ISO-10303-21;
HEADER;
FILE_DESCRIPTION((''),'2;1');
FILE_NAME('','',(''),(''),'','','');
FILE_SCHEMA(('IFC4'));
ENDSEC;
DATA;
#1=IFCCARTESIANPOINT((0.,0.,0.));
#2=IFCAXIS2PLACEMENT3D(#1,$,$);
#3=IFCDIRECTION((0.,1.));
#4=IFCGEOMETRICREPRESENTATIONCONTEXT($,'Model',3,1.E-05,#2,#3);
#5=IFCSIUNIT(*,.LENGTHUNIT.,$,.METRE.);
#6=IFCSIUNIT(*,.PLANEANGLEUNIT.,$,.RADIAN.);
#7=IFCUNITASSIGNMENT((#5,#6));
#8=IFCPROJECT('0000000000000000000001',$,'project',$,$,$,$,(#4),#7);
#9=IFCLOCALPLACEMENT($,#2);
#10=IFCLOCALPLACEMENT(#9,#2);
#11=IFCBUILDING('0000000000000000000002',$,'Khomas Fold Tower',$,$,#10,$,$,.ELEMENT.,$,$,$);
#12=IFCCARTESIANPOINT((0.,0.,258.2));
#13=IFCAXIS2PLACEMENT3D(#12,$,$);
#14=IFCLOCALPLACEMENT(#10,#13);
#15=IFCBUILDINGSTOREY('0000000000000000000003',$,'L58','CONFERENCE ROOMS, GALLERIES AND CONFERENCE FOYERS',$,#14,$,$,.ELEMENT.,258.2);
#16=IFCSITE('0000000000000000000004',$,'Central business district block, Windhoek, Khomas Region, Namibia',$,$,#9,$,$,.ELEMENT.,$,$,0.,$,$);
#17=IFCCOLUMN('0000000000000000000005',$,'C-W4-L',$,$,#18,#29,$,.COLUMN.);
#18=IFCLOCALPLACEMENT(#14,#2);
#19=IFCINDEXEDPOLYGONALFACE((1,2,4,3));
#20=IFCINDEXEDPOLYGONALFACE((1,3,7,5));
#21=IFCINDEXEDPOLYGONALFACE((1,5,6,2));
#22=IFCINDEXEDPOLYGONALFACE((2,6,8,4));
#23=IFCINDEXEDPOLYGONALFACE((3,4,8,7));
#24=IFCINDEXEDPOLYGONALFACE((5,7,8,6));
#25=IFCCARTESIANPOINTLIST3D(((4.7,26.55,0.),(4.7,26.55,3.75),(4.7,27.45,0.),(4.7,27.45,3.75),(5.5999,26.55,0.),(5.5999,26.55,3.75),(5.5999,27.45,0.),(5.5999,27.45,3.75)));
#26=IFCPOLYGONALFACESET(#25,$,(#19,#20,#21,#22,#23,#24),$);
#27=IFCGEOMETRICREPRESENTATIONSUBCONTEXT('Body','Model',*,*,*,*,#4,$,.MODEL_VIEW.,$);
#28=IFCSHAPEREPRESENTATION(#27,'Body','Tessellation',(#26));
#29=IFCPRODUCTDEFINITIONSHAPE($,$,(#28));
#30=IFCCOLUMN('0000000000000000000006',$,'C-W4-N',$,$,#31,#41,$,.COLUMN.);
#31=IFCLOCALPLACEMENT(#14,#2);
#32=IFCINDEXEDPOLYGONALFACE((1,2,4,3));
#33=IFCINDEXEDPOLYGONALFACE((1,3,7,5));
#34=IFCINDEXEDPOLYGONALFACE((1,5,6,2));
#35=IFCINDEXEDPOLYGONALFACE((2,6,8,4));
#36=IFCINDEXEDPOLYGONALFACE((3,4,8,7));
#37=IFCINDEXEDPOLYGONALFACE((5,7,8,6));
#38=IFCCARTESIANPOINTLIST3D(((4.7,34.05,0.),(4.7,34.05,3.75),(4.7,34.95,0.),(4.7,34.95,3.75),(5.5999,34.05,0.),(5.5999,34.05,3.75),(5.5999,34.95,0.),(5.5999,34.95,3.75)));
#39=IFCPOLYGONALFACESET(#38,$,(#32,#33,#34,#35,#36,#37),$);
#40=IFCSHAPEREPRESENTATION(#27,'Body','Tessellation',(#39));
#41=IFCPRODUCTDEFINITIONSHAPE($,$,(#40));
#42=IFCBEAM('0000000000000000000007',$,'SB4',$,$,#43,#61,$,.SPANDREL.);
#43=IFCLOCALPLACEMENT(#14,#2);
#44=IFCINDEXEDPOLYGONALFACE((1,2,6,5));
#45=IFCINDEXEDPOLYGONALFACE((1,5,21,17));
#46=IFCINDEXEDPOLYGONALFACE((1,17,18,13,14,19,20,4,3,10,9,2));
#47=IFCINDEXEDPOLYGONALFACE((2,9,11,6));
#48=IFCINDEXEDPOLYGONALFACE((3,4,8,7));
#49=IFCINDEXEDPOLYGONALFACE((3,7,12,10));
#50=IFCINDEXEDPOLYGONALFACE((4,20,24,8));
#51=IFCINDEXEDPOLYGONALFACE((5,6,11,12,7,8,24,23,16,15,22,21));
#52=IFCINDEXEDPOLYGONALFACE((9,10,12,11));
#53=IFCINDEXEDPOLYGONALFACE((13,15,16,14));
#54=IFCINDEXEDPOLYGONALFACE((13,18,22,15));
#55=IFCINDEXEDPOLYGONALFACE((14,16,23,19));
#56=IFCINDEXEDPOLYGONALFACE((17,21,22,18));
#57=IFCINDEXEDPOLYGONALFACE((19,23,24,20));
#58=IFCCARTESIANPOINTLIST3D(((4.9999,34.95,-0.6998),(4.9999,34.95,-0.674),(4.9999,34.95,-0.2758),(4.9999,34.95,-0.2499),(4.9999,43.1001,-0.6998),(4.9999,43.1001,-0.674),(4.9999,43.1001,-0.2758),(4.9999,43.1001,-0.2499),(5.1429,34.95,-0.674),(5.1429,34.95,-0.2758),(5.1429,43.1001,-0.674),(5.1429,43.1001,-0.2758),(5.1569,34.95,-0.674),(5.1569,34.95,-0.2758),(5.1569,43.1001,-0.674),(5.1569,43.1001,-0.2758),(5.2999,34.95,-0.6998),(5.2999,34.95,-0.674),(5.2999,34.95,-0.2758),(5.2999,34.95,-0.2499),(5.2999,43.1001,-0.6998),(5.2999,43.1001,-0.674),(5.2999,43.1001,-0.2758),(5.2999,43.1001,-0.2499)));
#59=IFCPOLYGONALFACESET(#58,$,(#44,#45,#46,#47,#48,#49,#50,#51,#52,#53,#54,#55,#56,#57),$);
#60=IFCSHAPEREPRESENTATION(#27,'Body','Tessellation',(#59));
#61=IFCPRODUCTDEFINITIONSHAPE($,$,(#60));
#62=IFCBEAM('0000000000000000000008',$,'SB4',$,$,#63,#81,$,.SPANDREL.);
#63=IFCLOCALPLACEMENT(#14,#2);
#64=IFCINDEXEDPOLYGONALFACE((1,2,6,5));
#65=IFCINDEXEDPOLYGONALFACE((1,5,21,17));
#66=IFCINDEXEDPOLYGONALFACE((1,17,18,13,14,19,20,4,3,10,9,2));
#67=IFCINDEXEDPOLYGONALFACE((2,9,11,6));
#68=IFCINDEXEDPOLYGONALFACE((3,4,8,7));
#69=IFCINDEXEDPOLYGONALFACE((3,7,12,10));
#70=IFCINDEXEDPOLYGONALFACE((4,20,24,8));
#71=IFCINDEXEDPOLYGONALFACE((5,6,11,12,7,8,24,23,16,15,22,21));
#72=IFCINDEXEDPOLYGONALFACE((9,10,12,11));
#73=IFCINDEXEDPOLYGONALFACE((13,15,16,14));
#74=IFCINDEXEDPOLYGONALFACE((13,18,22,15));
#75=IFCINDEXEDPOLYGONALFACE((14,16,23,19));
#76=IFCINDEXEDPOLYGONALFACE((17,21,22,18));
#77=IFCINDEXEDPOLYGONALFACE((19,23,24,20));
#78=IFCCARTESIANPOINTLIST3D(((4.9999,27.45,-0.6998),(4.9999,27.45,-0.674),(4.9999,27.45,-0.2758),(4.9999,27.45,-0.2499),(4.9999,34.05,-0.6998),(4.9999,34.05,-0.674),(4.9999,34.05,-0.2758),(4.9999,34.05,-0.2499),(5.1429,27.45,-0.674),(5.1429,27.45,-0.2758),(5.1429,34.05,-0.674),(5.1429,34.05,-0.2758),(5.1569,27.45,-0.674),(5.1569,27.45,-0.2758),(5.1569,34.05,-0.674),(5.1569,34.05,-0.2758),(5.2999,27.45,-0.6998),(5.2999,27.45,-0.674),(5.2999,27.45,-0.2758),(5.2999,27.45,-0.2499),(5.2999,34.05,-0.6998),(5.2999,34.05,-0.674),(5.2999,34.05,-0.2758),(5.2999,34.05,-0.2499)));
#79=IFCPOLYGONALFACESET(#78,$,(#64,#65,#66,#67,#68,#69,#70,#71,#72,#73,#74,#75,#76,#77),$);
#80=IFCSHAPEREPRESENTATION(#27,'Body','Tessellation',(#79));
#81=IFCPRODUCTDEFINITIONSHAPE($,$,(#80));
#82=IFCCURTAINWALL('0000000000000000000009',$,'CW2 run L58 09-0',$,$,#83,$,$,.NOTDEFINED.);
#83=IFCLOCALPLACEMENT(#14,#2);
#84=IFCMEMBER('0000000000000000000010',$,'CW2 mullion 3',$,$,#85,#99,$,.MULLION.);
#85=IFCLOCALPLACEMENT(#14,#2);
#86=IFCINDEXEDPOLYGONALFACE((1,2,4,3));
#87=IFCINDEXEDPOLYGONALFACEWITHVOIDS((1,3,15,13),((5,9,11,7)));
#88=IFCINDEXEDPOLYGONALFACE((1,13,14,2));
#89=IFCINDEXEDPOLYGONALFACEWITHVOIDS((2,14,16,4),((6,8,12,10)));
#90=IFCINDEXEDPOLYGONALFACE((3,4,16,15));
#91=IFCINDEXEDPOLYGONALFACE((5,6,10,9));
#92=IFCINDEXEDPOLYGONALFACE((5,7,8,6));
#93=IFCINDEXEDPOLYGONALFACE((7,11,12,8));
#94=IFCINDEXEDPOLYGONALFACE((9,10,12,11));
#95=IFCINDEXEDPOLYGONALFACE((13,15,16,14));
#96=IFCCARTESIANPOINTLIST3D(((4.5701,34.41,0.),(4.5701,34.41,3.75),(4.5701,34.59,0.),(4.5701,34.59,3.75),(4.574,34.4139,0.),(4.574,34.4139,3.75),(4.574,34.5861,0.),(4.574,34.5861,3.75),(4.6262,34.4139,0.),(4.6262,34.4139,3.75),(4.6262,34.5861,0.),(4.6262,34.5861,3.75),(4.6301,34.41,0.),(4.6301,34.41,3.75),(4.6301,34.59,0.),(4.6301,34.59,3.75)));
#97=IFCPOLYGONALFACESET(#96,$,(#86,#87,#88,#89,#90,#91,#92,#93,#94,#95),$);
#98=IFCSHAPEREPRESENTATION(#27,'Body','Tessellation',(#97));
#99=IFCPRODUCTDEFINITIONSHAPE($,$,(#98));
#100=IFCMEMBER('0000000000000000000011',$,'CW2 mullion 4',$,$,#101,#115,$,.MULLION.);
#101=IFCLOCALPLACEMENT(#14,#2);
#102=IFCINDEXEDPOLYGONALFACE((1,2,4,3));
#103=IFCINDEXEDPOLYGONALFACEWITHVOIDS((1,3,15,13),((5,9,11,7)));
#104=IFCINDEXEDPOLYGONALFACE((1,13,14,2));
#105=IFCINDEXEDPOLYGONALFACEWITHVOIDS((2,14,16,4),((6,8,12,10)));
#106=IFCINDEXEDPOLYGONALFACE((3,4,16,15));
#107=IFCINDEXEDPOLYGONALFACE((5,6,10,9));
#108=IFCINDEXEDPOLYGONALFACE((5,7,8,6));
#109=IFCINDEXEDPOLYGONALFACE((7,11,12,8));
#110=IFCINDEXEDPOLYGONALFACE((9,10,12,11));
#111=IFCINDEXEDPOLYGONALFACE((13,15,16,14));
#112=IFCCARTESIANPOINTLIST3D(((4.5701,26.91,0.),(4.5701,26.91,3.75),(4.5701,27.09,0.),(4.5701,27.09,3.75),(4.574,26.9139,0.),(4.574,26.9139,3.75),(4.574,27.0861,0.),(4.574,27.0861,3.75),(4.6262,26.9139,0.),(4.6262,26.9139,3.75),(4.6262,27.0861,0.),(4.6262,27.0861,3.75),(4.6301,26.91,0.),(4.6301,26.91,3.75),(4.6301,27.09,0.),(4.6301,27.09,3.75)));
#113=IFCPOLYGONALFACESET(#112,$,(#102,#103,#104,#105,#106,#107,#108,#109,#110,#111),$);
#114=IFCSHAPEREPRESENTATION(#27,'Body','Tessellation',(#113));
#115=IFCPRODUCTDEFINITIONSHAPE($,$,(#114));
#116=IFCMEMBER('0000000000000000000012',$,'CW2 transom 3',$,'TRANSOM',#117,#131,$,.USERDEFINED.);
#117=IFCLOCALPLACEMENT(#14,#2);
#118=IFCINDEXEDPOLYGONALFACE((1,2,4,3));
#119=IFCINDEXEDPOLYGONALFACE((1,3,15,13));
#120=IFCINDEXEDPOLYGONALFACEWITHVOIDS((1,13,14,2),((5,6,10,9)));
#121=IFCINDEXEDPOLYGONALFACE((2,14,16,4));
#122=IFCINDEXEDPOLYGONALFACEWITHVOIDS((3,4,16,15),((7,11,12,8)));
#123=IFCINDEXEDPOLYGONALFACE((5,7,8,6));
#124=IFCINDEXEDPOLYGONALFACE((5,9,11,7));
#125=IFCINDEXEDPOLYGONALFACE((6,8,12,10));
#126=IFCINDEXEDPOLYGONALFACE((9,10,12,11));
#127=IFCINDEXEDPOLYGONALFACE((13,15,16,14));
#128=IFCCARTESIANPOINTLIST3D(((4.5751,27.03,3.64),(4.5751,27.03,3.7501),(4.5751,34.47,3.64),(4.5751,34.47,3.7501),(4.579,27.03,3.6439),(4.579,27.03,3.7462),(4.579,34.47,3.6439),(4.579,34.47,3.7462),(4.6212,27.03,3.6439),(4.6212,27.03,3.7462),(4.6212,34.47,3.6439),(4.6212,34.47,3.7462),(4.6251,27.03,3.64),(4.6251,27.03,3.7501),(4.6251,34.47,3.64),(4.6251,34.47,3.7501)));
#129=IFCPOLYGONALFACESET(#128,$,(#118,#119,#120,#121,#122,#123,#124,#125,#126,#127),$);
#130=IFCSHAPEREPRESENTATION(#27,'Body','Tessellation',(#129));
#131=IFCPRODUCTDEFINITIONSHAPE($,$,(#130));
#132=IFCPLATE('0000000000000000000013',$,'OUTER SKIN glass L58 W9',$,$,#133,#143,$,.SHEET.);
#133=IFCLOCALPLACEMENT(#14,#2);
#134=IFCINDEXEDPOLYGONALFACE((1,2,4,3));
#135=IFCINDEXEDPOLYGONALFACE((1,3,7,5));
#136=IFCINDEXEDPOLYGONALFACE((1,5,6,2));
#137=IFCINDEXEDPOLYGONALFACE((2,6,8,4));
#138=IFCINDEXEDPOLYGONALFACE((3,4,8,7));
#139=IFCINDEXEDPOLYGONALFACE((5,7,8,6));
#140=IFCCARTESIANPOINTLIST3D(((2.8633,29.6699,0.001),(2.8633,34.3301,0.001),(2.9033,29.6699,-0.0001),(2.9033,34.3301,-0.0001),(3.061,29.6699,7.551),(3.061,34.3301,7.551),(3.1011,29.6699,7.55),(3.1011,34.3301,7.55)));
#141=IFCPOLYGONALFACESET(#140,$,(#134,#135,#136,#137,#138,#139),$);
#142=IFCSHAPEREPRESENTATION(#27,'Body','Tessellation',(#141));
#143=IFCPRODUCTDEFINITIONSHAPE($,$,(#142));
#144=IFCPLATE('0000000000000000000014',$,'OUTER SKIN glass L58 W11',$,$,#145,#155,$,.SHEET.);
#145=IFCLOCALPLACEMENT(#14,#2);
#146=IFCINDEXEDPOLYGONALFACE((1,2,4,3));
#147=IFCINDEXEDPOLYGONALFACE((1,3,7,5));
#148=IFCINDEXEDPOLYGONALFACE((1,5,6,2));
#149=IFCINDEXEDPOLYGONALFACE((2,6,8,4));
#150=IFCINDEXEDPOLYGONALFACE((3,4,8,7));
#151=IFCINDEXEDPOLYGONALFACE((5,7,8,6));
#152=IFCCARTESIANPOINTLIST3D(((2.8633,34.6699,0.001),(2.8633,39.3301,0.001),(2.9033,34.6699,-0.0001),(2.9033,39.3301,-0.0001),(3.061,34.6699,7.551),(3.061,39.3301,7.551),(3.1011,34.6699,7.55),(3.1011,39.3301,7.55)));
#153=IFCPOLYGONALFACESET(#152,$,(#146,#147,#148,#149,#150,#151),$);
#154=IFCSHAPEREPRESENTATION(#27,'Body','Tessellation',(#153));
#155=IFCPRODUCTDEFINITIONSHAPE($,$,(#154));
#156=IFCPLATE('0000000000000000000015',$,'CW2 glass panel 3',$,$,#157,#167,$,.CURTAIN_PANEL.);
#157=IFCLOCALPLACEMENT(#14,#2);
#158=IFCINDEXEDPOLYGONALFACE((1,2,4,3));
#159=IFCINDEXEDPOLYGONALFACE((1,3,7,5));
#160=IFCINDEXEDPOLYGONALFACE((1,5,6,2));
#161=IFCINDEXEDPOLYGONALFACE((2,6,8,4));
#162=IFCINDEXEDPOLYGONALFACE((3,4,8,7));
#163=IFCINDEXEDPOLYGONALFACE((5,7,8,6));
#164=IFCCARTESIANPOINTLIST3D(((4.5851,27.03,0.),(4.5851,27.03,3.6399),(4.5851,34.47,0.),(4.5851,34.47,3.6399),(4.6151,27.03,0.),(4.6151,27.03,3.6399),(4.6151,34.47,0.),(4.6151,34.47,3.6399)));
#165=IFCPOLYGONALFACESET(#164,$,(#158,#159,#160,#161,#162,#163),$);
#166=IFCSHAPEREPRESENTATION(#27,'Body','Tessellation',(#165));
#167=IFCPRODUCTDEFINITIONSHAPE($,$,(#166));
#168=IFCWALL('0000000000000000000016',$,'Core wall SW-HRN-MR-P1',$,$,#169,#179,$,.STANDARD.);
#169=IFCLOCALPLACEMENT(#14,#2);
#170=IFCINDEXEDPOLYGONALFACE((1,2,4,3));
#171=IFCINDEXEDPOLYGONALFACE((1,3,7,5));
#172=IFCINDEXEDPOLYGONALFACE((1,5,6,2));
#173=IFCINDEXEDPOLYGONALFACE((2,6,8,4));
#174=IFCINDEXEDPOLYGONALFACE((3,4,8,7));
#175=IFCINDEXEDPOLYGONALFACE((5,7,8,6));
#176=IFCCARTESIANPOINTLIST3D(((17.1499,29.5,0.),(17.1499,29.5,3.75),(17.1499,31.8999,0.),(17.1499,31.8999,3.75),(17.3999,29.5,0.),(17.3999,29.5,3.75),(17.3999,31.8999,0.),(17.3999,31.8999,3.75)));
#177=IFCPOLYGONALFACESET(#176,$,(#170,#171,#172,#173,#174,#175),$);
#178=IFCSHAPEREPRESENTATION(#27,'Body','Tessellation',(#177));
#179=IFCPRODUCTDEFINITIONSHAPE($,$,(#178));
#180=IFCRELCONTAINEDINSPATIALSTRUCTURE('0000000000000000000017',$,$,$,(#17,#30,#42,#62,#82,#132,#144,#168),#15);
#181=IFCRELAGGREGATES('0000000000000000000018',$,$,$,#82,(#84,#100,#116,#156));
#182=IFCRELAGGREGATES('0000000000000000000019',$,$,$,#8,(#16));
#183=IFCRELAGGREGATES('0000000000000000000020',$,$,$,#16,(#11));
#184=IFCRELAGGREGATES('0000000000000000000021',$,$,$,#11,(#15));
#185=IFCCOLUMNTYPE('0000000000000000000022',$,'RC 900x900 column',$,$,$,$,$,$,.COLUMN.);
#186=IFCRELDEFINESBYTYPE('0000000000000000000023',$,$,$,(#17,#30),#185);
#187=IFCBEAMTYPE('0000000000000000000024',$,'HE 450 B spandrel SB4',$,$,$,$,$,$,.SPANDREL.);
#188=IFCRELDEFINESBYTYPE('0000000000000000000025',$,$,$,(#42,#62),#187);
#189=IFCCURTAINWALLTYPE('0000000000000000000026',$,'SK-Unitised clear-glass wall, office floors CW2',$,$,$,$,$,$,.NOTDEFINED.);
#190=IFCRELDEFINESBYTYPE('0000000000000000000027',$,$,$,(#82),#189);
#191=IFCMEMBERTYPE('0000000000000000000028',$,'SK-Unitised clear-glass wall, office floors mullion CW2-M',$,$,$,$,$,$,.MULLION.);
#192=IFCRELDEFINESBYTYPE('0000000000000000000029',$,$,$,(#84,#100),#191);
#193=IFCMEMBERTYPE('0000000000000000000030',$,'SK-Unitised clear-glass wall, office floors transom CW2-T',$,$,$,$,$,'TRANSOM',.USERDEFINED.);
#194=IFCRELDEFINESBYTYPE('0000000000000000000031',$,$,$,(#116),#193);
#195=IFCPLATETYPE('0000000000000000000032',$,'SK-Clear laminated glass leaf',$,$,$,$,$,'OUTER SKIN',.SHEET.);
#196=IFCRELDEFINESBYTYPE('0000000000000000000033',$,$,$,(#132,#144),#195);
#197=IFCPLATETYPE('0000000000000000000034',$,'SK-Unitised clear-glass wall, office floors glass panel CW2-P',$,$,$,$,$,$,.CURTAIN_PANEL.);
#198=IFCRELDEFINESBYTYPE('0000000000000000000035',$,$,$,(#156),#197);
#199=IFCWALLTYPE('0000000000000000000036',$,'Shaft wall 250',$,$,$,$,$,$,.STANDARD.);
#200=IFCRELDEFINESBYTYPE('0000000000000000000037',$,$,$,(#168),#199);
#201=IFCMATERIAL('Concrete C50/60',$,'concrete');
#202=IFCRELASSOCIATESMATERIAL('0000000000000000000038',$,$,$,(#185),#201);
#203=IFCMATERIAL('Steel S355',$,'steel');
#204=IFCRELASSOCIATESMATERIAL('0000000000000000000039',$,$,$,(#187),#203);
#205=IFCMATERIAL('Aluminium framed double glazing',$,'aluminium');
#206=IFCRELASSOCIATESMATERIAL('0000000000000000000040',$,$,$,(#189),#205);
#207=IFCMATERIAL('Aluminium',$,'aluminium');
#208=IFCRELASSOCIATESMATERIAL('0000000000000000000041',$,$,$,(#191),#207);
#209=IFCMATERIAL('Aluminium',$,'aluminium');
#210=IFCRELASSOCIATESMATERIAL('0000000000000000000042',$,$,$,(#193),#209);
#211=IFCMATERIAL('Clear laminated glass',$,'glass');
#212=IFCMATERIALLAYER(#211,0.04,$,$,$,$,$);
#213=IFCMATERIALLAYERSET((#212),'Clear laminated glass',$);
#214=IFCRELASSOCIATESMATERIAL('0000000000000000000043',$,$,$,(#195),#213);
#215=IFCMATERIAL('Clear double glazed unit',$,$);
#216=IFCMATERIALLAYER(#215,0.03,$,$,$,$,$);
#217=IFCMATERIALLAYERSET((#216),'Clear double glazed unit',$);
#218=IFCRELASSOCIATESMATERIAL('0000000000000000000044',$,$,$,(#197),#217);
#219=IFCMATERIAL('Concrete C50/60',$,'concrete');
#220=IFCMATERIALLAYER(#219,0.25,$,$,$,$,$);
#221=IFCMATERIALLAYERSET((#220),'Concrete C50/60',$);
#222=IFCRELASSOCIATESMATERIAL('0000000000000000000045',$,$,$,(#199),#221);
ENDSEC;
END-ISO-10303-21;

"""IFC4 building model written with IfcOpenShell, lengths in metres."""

from ifc_helpers import new_model, si_unit, direction, frame, frame_2d, origin, origin_2d, place, context, subcontext, project, spatial, polyline, rectangle, hollow_rectangle, i_section, outline, extrude, source, transform, mapped, material, layer, layer_set, material_profile, profile_set, type_object, element, aggregate, save


model = new_model("IFC4")

# Units and contexts
model_context = context("Model", 3, precision=1e-05, world=origin(), true_north=direction((0.0, 1.0)))
body_context = subcontext(model_context, "Body", "Model", "MODEL_VIEW")
ifc_project = project(units=[si_unit("LENGTHUNIT", "METRE"), si_unit("PLANEANGLEUNIT", "RADIAN")], contexts=[model_context])

# Site, building, storey
site_placement = place(None, origin())
site = spatial("IfcSite", under=ifc_project, at=site_placement, Name="Central business district block, Windhoek, Khomas Region, Namibia", CompositionType="ELEMENT", RefElevation=0.0)
building_placement = place(site_placement, origin())
building = spatial("IfcBuilding", under=site, at=building_placement, Name="Khomas Fold Tower", CompositionType="ELEMENT")
storey_placement = place(building_placement, frame((0.0, 0.0, 258.2)))
storey = spatial("IfcBuildingStorey", under=building, at=storey_placement, Name="L58", Description="CONFERENCE ROOMS, GALLERIES AND CONFERENCE FOYERS", CompositionType="ELEMENT", Elevation=258.2)

# Columns
ifc_material_1 = material(Name="Concrete C50/60", Category="concrete")
ifc_material_profile_1 = material_profile(ifc_material_1, rectangle(XDim=0.8999, YDim=0.8999, at=origin_2d()), Name="RC 900x900")
ifc_profile_set_1 = profile_set([ifc_material_profile_1], Name="Concrete C50/60")
column_type = type_object("IfcColumnType", Name="RC 900x900 column", PredefinedType="COLUMN", material=ifc_profile_set_1)
shared_shape_1 = source(origin(), body_context, "Body", "SweptSolid", [
    extrude(rectangle(XDim=0.8999, YDim=0.8999, at=origin_2d()), origin(), (0.0, 0.0, 1.0), 3.75),
])
for number, where, z_axis, x_axis, name in (
    (1, (5.1499, 27.0, 0.0), (0.0, 0.0, 1.0), (1.0, 0.0, 0.0), "C-W4-L"),
    (2, (5.1499, 34.5, 0.0), (0.0, 0.0, 1.0), (1.0, 0.0, 0.0), "C-W4-N"),
):
    element("IfcColumn", number, at=place(storey_placement, frame(where, z_axis=z_axis, x_axis=x_axis)), inside=storey, type_object=column_type, Name=name, PredefinedType="COLUMN", context=body_context, shape_type="MappedRepresentation", body=[
        mapped(shared_shape_1, transform((0.0, 0.0, 0.0))),
    ])

# Beams
ifc_material_2 = material(Name="Steel S355", Category="steel")
ifc_material_profile_2 = material_profile(ifc_material_2, i_section(OverallWidth=0.3, OverallDepth=0.45, WebThickness=0.0139, FlangeThickness=0.0259, at=origin_2d()), Name="HE 450 B")
ifc_profile_set_2 = profile_set([ifc_material_profile_2], Name="Steel S355")
beam_type = type_object("IfcBeamType", Name="HE 450 B spandrel SB4", PredefinedType="SPANDREL", material=ifc_profile_set_2)
shared_shape_2 = source(origin(), body_context, "Body", "SweptSolid", [
    extrude(i_section(OverallWidth=0.3, OverallDepth=0.45, WebThickness=0.0139, FlangeThickness=0.0259, at=origin_2d()), origin(), (0.0, 0.0, 1.0), 8.1501),
])
beam_1_placement = place(storey_placement, frame((5.1499, 34.95, -0.4749), z_axis=(0.0, 1.0, 0.0), x_axis=(-1.0, 0.0, 0.0)))
element("IfcBeam", 3, at=beam_1_placement, inside=storey, type_object=beam_type, Name="SB4", PredefinedType="SPANDREL", context=body_context, shape_type="MappedRepresentation", body=[
    mapped(shared_shape_2, transform((0.0, 0.0, 0.0))),
])
shared_shape_3 = source(origin(), body_context, "Body", "SweptSolid", [
    extrude(i_section(OverallWidth=0.3, OverallDepth=0.45, WebThickness=0.0139, FlangeThickness=0.0259, at=origin_2d()), origin(), (0.0, 0.0, 1.0), 6.6001),
])
beam_2_placement = place(storey_placement, frame((5.1499, 27.45, -0.4749), z_axis=(0.0, 1.0, 0.0), x_axis=(-1.0, 0.0, 0.0)))
element("IfcBeam", 4, at=beam_2_placement, inside=storey, type_object=beam_type, Name="SB4", PredefinedType="SPANDREL", context=body_context, shape_type="MappedRepresentation", body=[
    mapped(shared_shape_3, transform((0.0, 0.0, 0.0))),
])

# Curtain wall, members
ifc_material_3 = material(Name="Aluminium framed double glazing", Category="aluminium")
curtain_wall_type = type_object("IfcCurtainWallType", Name="SK-Unitised clear-glass wall, office floors CW2", PredefinedType="NOTDEFINED", material=ifc_material_3)
curtain_wall_placement = place(storey_placement, origin())
curtain_wall = element("IfcCurtainWall", 5, at=curtain_wall_placement, inside=storey, type_object=curtain_wall_type, Name="CW2 run L58 09-0", PredefinedType="NOTDEFINED")
ifc_material_4 = material(Name="Aluminium", Category="aluminium")
ifc_material_profile_3 = material_profile(ifc_material_4, hollow_rectangle(XDim=0.0601, YDim=0.1799, WallThickness=0.0039, at=origin_2d()), Name="SK-Unitised clear-glass wall, office floors mullion CW2-M")
ifc_profile_set_3 = profile_set([ifc_material_profile_3], Name="Aluminium")
member_type_1 = type_object("IfcMemberType", Name="SK-Unitised clear-glass wall, office floors mullion CW2-M", PredefinedType="MULLION", material=ifc_profile_set_3)
shared_shape_4 = source(origin(), body_context, "Body", "SweptSolid", [
    extrude(hollow_rectangle(XDim=0.0601, YDim=0.1799, WallThickness=0.0039, at=origin_2d()), origin(), (0.0, 0.0, 1.0), 3.75),
])
member_1_placement = place(storey_placement, frame((4.6001, 34.5, 0.0), z_axis=(0.0, 0.0, 1.0), x_axis=(1.0, 0.0, 0.0)))
member_1 = element("IfcMember", 6, at=member_1_placement, type_object=member_type_1, Name="CW2 mullion 3", PredefinedType="MULLION", context=body_context, shape_type="MappedRepresentation", body=[
    mapped(shared_shape_4, transform((0.0, 0.0, 0.0))),
])
member_2_placement = place(storey_placement, frame((4.6001, 27.0, 0.0), z_axis=(0.0, 0.0, 1.0), x_axis=(1.0, 0.0, 0.0)))
member_2 = element("IfcMember", 7, at=member_2_placement, type_object=member_type_1, Name="CW2 mullion 4", PredefinedType="MULLION", context=body_context, shape_type="MappedRepresentation", body=[
    mapped(shared_shape_4, transform((0.0, 0.0, 0.0))),
])
ifc_material_5 = material(Name="Aluminium", Category="aluminium")
ifc_material_profile_4 = material_profile(ifc_material_5, hollow_rectangle(XDim=0.05, YDim=0.1101, WallThickness=0.0039, at=origin_2d()), Name="SK-Unitised clear-glass wall, office floors transom CW2-T")
ifc_profile_set_4 = profile_set([ifc_material_profile_4], Name="Aluminium")
member_type_2 = type_object("IfcMemberType", Name="SK-Unitised clear-glass wall, office floors transom CW2-T", ElementType="TRANSOM", PredefinedType="USERDEFINED", material=ifc_profile_set_4)
shared_shape_5 = source(origin(), body_context, "Body", "SweptSolid", [
    extrude(hollow_rectangle(XDim=0.05, YDim=0.1101, WallThickness=0.0039, at=origin_2d()), origin(), (0.0, 0.0, 1.0), 7.4399),
])
member_3_placement = place(storey_placement, frame((4.6001, 34.47, 3.6951), z_axis=(0.0, -1.0, 0.0), x_axis=(1.0, 0.0, 0.0)))
member_3 = element("IfcMember", 8, at=member_3_placement, type_object=member_type_2, Name="CW2 transom 3", ObjectType="TRANSOM", PredefinedType="USERDEFINED", context=body_context, shape_type="MappedRepresentation", body=[
    mapped(shared_shape_5, transform((0.0, 0.0, 0.0))),
])

# Plates
ifc_material_6 = material(Name="Clear laminated glass", Category="glass")
ifc_layer_1 = layer(ifc_material_6, 0.04)
ifc_layer_set_1 = layer_set([ifc_layer_1], Name="Clear laminated glass")
plate_type_1 = type_object("IfcPlateType", Name="SK-Clear laminated glass leaf", ElementType="OUTER SKIN", PredefinedType="SHEET", material=ifc_layer_set_1)
for number, where, z_axis, x_axis, name in (
    (9, (2.8633, 29.6699, 0.001), (-0.999657, 0.0, 0.026183), (0.0, 1.0, 0.0), "OUTER SKIN glass L58 W9"),
    (10, (2.8633, 34.6699, 0.001), (-0.999657, 0.0, 0.026183), (0.0, 1.0, 0.0), "OUTER SKIN glass L58 W11"),
):
    element("IfcPlate", number, at=place(storey_placement, frame(where, z_axis=z_axis, x_axis=x_axis)), inside=storey, type_object=plate_type_1, Name=name, PredefinedType="SHEET", context=body_context, shape_type="SweptSolid", body=[
        extrude(outline(polyline([(0.0, 0.0), (4.6602, 0.0), (4.6602, -7.5526), (0.0, -7.5526), (0.0, 0.0)])), origin(), (0.0, 0.0, -1.0), 0.04),
    ])

# Plate
ifc_material_7 = material(Name="Clear double glazed unit")
ifc_layer_2 = layer(ifc_material_7, 0.03)
ifc_layer_set_2 = layer_set([ifc_layer_2], Name="Clear double glazed unit")
plate_type_2 = type_object("IfcPlateType", Name="SK-Unitised clear-glass wall, office floors glass panel CW2-P", PredefinedType="CURTAIN_PANEL", material=ifc_layer_set_2)
shared_shape_6 = source(origin(), body_context, "Body", "SweptSolid", [
    extrude(rectangle(XDim=7.4399, YDim=0.03, at=origin_2d()), origin(), (0.0, 0.0, 1.0), 3.6399),
])
plate_placement = place(storey_placement, frame((4.6001, 30.75, 0.0), z_axis=(0.0, 0.0, 1.0), x_axis=(0.0, -1.0, 0.0)))
plate = element("IfcPlate", 11, at=plate_placement, type_object=plate_type_2, Name="CW2 glass panel 3", PredefinedType="CURTAIN_PANEL", context=body_context, shape_type="MappedRepresentation", body=[
    mapped(shared_shape_6, transform((0.0, 0.0, 0.0))),
])
aggregate(curtain_wall, [member_1, member_2, member_3, plate])

# Wall
ifc_material_8 = material(Name="Concrete C50/60", Category="concrete")
ifc_layer_3 = layer(ifc_material_8, 0.25)
ifc_layer_set_3 = layer_set([ifc_layer_3], Name="Concrete C50/60")
wall_type_1 = type_object("IfcWallType", Name="Shaft wall 250", PredefinedType="STANDARD", material=ifc_layer_set_3)
shared_shape_7 = source(origin(), body_context, "Body", "SweptSolid", [
    extrude(rectangle(XDim=2.3999, YDim=0.25, at=frame_2d((1.2, 0.0))), origin(), (0.0, 0.0, 1.0), 3.75),
])
for number, where, z_axis, x_axis, name in (
    (12, (17.2749, 29.5, 0.0), (0.0, 0.0, 1.0), (0.0, 1.0, 0.0), "Core wall SW-HRN-MR-P1"),
):
    element("IfcWall", number, at=place(storey_placement, frame(where, z_axis=z_axis, x_axis=x_axis)), inside=storey, type_object=wall_type_1, Name=name, PredefinedType="STANDARD", context=body_context, shape_type="MappedRepresentation", body=[
        mapped(shared_shape_7, transform((0.0, 0.0, 0.0))),
    ])

save(model, "model.ifc")
